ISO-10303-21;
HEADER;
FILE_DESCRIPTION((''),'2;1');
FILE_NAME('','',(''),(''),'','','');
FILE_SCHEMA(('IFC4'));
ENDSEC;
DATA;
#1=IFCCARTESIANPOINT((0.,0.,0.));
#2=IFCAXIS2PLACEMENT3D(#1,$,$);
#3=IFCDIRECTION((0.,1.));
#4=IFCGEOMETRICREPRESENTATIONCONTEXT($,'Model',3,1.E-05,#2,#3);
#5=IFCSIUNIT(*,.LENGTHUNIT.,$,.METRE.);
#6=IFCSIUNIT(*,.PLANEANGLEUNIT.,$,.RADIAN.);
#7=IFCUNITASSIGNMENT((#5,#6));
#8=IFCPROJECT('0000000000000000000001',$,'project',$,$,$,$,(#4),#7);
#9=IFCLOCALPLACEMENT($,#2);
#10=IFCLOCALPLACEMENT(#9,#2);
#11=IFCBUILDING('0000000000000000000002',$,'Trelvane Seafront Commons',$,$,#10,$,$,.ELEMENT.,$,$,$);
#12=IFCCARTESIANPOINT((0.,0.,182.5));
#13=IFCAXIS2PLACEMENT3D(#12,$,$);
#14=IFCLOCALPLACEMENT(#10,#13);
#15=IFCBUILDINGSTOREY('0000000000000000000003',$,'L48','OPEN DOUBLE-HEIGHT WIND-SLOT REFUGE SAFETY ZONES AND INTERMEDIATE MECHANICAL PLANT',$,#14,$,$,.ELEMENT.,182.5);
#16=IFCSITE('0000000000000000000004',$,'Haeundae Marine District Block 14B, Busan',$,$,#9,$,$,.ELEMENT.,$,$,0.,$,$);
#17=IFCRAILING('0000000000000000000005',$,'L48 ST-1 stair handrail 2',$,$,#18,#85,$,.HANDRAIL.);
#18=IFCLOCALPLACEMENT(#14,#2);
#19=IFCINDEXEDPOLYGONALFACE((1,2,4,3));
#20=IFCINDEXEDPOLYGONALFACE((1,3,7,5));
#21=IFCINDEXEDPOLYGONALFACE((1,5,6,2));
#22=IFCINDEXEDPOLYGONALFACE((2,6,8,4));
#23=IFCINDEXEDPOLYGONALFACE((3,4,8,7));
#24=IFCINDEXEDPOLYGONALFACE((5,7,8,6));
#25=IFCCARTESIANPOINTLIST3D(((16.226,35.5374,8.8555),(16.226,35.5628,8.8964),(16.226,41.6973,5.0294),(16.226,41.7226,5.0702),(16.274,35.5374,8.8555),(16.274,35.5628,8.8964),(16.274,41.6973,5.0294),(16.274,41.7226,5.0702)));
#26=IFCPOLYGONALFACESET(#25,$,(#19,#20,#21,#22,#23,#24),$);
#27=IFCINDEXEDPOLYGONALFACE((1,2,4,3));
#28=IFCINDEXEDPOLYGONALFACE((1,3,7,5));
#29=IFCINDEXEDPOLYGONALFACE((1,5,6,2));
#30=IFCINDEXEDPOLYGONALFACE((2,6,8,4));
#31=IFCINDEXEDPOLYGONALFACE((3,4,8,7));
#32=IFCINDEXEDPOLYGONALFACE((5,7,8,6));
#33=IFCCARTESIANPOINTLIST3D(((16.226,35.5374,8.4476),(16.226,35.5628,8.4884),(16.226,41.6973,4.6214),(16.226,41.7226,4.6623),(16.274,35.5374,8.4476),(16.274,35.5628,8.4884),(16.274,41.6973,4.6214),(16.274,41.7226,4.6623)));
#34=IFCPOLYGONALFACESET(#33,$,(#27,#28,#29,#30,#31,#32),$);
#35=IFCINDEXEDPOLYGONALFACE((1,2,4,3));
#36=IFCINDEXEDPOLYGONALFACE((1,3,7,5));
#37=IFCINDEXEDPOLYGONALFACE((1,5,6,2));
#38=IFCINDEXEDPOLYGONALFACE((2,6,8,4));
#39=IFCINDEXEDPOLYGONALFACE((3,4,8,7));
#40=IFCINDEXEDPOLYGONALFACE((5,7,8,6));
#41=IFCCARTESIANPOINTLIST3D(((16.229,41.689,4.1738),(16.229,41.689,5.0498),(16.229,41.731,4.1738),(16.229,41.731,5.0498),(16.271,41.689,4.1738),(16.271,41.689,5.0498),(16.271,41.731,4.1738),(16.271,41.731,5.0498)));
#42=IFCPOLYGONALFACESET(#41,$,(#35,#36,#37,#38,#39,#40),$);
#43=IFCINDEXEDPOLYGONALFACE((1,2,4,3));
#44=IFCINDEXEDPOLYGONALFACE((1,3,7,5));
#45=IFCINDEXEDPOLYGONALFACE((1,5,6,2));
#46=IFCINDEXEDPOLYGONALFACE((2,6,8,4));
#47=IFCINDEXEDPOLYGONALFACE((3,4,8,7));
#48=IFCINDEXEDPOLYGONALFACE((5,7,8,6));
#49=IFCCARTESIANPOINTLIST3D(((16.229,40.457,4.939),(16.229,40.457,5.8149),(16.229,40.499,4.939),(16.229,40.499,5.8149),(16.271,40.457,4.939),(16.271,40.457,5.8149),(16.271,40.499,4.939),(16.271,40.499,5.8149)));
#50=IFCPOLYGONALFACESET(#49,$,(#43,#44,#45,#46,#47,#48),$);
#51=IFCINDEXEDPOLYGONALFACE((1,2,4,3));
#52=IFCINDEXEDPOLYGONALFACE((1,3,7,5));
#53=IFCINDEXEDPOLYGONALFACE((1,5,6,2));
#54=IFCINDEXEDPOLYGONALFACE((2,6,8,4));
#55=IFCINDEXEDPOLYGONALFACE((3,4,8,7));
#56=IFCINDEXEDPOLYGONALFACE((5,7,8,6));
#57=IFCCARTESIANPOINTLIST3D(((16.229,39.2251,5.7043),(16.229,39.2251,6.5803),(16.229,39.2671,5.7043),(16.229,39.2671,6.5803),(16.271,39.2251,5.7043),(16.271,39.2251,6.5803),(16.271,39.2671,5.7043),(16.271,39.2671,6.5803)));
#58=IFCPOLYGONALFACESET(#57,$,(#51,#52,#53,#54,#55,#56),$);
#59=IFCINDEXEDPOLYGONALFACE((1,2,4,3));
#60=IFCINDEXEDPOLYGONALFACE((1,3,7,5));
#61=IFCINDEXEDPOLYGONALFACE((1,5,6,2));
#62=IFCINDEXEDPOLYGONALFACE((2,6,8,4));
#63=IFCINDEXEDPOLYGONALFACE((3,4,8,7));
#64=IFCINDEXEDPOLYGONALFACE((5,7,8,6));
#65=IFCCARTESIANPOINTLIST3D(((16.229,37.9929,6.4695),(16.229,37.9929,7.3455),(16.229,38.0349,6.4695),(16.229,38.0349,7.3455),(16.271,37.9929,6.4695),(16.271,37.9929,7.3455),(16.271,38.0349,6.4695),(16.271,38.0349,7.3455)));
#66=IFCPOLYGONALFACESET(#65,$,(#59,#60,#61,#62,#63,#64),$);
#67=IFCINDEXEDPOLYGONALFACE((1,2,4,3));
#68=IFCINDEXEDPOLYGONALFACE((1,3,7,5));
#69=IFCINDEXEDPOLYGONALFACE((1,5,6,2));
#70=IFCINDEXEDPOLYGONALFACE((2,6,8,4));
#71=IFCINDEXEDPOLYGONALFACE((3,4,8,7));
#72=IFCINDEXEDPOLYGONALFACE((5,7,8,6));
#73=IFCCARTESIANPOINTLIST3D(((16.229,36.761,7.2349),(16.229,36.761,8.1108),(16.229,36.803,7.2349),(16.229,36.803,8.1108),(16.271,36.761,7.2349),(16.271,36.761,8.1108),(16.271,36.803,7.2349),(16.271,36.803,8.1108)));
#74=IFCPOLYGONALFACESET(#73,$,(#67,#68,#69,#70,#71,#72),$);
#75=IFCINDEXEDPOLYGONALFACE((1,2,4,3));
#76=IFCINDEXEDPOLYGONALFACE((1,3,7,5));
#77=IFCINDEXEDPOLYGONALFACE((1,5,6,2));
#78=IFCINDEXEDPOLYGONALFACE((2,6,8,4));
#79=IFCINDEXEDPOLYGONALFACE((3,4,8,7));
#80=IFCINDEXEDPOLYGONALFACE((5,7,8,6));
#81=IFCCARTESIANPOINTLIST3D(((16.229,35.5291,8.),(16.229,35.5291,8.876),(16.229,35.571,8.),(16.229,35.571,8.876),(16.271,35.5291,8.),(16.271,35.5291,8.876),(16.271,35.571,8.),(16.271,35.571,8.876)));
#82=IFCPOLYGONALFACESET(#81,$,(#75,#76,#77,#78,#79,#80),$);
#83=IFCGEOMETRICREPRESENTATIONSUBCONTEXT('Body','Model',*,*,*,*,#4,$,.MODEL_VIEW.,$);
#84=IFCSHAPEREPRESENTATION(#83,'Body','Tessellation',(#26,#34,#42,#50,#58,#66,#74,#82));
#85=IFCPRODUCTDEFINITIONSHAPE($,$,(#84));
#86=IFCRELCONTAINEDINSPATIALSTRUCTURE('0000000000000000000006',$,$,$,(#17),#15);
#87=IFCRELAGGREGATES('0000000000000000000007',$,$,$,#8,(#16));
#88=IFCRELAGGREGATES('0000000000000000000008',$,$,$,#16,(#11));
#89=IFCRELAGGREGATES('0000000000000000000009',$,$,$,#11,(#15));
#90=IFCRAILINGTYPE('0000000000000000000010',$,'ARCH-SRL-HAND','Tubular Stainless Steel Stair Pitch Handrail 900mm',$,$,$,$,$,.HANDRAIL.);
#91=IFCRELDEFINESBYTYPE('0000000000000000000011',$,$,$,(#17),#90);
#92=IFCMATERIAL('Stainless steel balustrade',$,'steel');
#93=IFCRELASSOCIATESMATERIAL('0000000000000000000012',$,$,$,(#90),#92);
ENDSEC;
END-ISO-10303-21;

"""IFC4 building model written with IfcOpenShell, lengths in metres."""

from ifc_helpers import new_model, si_unit, direction, frame, origin, origin_2d, place, context, subcontext, project, spatial, rectangle, extrude, material, type_object, element, save


model = new_model("IFC4")

# Units and contexts
model_context = context("Model", 3, precision=1e-05, world=origin(), true_north=direction((0.0, 1.0)))
body_context = subcontext(model_context, "Body", "Model", "MODEL_VIEW")
ifc_project = project(units=[si_unit("LENGTHUNIT", "METRE"), si_unit("PLANEANGLEUNIT", "RADIAN")], contexts=[model_context])

# Site, building, storey
site_placement = place(None, origin())
site = spatial("IfcSite", under=ifc_project, at=site_placement, Name="Haeundae Marine District Block 14B, Busan", CompositionType="ELEMENT", RefElevation=0.0)
building_placement = place(site_placement, origin())
building = spatial("IfcBuilding", under=site, at=building_placement, Name="Trelvane Seafront Commons", CompositionType="ELEMENT")
storey_placement = place(building_placement, frame((0.0, 0.0, 182.5)))
storey = spatial("IfcBuildingStorey", under=building, at=storey_placement, Name="L48", Description="OPEN DOUBLE-HEIGHT WIND-SLOT REFUGE SAFETY ZONES AND INTERMEDIATE MECHANICAL PLANT", CompositionType="ELEMENT", Elevation=182.5)

# Railing
ifc_material_1 = material(Name="Stainless steel balustrade", Category="steel")
railing_type_1 = type_object("IfcRailingType", Name="ARCH-SRL-HAND", Description="Tubular Stainless Steel Stair Pitch Handrail 900mm", PredefinedType="HANDRAIL", material=ifc_material_1)
railing_1_placement = place(storey_placement, frame((16.25, 41.71, 4.1738)))
element("IfcRailing", 1, at=railing_1_placement, inside=storey, type_object=railing_type_1, Name="L48 ST-1 stair handrail 2", PredefinedType="HANDRAIL", context=body_context, shape_type="SweptSolid", body=[
    extrude(rectangle(XDim=0.0481, YDim=0.0481, at=origin_2d()), frame((0.0, 0.0, 0.876), z_axis=(0.0, -0.849468, 0.527639), x_axis=(1.0, 0.0, 0.0)), (0.0, 0.0, 1.0), 7.2515),
    extrude(rectangle(XDim=0.0481, YDim=0.0481, at=origin_2d()), frame((0.0, 0.0, 0.468), z_axis=(0.0, -0.849468, 0.527639), x_axis=(1.0, 0.0, 0.0)), (0.0, 0.0, 1.0), 7.2515),
    extrude(rectangle(XDim=0.042, YDim=0.042, at=origin_2d()), origin(), (0.0, 0.0, 1.0), 0.876),
    extrude(rectangle(XDim=0.042, YDim=0.042, at=origin_2d()), frame((0.0, -1.2319, 0.7651)), (0.0, 0.0, 1.0), 0.876),
    extrude(rectangle(XDim=0.042, YDim=0.042, at=origin_2d()), frame((0.0, -2.4639, 1.5305)), (0.0, 0.0, 1.0), 0.876),
    extrude(rectangle(XDim=0.042, YDim=0.042, at=origin_2d()), frame((0.0, -3.696, 2.2957)), (0.0, 0.0, 1.0), 0.876),
    extrude(rectangle(XDim=0.042, YDim=0.042, at=origin_2d()), frame((0.0, -4.928, 3.061)), (0.0, 0.0, 1.0), 0.876),
    extrude(rectangle(XDim=0.042, YDim=0.042, at=origin_2d()), frame((0.0, -6.1599, 3.8262)), (0.0, 0.0, 1.0), 0.876),
])

save(model, "model.ifc")
